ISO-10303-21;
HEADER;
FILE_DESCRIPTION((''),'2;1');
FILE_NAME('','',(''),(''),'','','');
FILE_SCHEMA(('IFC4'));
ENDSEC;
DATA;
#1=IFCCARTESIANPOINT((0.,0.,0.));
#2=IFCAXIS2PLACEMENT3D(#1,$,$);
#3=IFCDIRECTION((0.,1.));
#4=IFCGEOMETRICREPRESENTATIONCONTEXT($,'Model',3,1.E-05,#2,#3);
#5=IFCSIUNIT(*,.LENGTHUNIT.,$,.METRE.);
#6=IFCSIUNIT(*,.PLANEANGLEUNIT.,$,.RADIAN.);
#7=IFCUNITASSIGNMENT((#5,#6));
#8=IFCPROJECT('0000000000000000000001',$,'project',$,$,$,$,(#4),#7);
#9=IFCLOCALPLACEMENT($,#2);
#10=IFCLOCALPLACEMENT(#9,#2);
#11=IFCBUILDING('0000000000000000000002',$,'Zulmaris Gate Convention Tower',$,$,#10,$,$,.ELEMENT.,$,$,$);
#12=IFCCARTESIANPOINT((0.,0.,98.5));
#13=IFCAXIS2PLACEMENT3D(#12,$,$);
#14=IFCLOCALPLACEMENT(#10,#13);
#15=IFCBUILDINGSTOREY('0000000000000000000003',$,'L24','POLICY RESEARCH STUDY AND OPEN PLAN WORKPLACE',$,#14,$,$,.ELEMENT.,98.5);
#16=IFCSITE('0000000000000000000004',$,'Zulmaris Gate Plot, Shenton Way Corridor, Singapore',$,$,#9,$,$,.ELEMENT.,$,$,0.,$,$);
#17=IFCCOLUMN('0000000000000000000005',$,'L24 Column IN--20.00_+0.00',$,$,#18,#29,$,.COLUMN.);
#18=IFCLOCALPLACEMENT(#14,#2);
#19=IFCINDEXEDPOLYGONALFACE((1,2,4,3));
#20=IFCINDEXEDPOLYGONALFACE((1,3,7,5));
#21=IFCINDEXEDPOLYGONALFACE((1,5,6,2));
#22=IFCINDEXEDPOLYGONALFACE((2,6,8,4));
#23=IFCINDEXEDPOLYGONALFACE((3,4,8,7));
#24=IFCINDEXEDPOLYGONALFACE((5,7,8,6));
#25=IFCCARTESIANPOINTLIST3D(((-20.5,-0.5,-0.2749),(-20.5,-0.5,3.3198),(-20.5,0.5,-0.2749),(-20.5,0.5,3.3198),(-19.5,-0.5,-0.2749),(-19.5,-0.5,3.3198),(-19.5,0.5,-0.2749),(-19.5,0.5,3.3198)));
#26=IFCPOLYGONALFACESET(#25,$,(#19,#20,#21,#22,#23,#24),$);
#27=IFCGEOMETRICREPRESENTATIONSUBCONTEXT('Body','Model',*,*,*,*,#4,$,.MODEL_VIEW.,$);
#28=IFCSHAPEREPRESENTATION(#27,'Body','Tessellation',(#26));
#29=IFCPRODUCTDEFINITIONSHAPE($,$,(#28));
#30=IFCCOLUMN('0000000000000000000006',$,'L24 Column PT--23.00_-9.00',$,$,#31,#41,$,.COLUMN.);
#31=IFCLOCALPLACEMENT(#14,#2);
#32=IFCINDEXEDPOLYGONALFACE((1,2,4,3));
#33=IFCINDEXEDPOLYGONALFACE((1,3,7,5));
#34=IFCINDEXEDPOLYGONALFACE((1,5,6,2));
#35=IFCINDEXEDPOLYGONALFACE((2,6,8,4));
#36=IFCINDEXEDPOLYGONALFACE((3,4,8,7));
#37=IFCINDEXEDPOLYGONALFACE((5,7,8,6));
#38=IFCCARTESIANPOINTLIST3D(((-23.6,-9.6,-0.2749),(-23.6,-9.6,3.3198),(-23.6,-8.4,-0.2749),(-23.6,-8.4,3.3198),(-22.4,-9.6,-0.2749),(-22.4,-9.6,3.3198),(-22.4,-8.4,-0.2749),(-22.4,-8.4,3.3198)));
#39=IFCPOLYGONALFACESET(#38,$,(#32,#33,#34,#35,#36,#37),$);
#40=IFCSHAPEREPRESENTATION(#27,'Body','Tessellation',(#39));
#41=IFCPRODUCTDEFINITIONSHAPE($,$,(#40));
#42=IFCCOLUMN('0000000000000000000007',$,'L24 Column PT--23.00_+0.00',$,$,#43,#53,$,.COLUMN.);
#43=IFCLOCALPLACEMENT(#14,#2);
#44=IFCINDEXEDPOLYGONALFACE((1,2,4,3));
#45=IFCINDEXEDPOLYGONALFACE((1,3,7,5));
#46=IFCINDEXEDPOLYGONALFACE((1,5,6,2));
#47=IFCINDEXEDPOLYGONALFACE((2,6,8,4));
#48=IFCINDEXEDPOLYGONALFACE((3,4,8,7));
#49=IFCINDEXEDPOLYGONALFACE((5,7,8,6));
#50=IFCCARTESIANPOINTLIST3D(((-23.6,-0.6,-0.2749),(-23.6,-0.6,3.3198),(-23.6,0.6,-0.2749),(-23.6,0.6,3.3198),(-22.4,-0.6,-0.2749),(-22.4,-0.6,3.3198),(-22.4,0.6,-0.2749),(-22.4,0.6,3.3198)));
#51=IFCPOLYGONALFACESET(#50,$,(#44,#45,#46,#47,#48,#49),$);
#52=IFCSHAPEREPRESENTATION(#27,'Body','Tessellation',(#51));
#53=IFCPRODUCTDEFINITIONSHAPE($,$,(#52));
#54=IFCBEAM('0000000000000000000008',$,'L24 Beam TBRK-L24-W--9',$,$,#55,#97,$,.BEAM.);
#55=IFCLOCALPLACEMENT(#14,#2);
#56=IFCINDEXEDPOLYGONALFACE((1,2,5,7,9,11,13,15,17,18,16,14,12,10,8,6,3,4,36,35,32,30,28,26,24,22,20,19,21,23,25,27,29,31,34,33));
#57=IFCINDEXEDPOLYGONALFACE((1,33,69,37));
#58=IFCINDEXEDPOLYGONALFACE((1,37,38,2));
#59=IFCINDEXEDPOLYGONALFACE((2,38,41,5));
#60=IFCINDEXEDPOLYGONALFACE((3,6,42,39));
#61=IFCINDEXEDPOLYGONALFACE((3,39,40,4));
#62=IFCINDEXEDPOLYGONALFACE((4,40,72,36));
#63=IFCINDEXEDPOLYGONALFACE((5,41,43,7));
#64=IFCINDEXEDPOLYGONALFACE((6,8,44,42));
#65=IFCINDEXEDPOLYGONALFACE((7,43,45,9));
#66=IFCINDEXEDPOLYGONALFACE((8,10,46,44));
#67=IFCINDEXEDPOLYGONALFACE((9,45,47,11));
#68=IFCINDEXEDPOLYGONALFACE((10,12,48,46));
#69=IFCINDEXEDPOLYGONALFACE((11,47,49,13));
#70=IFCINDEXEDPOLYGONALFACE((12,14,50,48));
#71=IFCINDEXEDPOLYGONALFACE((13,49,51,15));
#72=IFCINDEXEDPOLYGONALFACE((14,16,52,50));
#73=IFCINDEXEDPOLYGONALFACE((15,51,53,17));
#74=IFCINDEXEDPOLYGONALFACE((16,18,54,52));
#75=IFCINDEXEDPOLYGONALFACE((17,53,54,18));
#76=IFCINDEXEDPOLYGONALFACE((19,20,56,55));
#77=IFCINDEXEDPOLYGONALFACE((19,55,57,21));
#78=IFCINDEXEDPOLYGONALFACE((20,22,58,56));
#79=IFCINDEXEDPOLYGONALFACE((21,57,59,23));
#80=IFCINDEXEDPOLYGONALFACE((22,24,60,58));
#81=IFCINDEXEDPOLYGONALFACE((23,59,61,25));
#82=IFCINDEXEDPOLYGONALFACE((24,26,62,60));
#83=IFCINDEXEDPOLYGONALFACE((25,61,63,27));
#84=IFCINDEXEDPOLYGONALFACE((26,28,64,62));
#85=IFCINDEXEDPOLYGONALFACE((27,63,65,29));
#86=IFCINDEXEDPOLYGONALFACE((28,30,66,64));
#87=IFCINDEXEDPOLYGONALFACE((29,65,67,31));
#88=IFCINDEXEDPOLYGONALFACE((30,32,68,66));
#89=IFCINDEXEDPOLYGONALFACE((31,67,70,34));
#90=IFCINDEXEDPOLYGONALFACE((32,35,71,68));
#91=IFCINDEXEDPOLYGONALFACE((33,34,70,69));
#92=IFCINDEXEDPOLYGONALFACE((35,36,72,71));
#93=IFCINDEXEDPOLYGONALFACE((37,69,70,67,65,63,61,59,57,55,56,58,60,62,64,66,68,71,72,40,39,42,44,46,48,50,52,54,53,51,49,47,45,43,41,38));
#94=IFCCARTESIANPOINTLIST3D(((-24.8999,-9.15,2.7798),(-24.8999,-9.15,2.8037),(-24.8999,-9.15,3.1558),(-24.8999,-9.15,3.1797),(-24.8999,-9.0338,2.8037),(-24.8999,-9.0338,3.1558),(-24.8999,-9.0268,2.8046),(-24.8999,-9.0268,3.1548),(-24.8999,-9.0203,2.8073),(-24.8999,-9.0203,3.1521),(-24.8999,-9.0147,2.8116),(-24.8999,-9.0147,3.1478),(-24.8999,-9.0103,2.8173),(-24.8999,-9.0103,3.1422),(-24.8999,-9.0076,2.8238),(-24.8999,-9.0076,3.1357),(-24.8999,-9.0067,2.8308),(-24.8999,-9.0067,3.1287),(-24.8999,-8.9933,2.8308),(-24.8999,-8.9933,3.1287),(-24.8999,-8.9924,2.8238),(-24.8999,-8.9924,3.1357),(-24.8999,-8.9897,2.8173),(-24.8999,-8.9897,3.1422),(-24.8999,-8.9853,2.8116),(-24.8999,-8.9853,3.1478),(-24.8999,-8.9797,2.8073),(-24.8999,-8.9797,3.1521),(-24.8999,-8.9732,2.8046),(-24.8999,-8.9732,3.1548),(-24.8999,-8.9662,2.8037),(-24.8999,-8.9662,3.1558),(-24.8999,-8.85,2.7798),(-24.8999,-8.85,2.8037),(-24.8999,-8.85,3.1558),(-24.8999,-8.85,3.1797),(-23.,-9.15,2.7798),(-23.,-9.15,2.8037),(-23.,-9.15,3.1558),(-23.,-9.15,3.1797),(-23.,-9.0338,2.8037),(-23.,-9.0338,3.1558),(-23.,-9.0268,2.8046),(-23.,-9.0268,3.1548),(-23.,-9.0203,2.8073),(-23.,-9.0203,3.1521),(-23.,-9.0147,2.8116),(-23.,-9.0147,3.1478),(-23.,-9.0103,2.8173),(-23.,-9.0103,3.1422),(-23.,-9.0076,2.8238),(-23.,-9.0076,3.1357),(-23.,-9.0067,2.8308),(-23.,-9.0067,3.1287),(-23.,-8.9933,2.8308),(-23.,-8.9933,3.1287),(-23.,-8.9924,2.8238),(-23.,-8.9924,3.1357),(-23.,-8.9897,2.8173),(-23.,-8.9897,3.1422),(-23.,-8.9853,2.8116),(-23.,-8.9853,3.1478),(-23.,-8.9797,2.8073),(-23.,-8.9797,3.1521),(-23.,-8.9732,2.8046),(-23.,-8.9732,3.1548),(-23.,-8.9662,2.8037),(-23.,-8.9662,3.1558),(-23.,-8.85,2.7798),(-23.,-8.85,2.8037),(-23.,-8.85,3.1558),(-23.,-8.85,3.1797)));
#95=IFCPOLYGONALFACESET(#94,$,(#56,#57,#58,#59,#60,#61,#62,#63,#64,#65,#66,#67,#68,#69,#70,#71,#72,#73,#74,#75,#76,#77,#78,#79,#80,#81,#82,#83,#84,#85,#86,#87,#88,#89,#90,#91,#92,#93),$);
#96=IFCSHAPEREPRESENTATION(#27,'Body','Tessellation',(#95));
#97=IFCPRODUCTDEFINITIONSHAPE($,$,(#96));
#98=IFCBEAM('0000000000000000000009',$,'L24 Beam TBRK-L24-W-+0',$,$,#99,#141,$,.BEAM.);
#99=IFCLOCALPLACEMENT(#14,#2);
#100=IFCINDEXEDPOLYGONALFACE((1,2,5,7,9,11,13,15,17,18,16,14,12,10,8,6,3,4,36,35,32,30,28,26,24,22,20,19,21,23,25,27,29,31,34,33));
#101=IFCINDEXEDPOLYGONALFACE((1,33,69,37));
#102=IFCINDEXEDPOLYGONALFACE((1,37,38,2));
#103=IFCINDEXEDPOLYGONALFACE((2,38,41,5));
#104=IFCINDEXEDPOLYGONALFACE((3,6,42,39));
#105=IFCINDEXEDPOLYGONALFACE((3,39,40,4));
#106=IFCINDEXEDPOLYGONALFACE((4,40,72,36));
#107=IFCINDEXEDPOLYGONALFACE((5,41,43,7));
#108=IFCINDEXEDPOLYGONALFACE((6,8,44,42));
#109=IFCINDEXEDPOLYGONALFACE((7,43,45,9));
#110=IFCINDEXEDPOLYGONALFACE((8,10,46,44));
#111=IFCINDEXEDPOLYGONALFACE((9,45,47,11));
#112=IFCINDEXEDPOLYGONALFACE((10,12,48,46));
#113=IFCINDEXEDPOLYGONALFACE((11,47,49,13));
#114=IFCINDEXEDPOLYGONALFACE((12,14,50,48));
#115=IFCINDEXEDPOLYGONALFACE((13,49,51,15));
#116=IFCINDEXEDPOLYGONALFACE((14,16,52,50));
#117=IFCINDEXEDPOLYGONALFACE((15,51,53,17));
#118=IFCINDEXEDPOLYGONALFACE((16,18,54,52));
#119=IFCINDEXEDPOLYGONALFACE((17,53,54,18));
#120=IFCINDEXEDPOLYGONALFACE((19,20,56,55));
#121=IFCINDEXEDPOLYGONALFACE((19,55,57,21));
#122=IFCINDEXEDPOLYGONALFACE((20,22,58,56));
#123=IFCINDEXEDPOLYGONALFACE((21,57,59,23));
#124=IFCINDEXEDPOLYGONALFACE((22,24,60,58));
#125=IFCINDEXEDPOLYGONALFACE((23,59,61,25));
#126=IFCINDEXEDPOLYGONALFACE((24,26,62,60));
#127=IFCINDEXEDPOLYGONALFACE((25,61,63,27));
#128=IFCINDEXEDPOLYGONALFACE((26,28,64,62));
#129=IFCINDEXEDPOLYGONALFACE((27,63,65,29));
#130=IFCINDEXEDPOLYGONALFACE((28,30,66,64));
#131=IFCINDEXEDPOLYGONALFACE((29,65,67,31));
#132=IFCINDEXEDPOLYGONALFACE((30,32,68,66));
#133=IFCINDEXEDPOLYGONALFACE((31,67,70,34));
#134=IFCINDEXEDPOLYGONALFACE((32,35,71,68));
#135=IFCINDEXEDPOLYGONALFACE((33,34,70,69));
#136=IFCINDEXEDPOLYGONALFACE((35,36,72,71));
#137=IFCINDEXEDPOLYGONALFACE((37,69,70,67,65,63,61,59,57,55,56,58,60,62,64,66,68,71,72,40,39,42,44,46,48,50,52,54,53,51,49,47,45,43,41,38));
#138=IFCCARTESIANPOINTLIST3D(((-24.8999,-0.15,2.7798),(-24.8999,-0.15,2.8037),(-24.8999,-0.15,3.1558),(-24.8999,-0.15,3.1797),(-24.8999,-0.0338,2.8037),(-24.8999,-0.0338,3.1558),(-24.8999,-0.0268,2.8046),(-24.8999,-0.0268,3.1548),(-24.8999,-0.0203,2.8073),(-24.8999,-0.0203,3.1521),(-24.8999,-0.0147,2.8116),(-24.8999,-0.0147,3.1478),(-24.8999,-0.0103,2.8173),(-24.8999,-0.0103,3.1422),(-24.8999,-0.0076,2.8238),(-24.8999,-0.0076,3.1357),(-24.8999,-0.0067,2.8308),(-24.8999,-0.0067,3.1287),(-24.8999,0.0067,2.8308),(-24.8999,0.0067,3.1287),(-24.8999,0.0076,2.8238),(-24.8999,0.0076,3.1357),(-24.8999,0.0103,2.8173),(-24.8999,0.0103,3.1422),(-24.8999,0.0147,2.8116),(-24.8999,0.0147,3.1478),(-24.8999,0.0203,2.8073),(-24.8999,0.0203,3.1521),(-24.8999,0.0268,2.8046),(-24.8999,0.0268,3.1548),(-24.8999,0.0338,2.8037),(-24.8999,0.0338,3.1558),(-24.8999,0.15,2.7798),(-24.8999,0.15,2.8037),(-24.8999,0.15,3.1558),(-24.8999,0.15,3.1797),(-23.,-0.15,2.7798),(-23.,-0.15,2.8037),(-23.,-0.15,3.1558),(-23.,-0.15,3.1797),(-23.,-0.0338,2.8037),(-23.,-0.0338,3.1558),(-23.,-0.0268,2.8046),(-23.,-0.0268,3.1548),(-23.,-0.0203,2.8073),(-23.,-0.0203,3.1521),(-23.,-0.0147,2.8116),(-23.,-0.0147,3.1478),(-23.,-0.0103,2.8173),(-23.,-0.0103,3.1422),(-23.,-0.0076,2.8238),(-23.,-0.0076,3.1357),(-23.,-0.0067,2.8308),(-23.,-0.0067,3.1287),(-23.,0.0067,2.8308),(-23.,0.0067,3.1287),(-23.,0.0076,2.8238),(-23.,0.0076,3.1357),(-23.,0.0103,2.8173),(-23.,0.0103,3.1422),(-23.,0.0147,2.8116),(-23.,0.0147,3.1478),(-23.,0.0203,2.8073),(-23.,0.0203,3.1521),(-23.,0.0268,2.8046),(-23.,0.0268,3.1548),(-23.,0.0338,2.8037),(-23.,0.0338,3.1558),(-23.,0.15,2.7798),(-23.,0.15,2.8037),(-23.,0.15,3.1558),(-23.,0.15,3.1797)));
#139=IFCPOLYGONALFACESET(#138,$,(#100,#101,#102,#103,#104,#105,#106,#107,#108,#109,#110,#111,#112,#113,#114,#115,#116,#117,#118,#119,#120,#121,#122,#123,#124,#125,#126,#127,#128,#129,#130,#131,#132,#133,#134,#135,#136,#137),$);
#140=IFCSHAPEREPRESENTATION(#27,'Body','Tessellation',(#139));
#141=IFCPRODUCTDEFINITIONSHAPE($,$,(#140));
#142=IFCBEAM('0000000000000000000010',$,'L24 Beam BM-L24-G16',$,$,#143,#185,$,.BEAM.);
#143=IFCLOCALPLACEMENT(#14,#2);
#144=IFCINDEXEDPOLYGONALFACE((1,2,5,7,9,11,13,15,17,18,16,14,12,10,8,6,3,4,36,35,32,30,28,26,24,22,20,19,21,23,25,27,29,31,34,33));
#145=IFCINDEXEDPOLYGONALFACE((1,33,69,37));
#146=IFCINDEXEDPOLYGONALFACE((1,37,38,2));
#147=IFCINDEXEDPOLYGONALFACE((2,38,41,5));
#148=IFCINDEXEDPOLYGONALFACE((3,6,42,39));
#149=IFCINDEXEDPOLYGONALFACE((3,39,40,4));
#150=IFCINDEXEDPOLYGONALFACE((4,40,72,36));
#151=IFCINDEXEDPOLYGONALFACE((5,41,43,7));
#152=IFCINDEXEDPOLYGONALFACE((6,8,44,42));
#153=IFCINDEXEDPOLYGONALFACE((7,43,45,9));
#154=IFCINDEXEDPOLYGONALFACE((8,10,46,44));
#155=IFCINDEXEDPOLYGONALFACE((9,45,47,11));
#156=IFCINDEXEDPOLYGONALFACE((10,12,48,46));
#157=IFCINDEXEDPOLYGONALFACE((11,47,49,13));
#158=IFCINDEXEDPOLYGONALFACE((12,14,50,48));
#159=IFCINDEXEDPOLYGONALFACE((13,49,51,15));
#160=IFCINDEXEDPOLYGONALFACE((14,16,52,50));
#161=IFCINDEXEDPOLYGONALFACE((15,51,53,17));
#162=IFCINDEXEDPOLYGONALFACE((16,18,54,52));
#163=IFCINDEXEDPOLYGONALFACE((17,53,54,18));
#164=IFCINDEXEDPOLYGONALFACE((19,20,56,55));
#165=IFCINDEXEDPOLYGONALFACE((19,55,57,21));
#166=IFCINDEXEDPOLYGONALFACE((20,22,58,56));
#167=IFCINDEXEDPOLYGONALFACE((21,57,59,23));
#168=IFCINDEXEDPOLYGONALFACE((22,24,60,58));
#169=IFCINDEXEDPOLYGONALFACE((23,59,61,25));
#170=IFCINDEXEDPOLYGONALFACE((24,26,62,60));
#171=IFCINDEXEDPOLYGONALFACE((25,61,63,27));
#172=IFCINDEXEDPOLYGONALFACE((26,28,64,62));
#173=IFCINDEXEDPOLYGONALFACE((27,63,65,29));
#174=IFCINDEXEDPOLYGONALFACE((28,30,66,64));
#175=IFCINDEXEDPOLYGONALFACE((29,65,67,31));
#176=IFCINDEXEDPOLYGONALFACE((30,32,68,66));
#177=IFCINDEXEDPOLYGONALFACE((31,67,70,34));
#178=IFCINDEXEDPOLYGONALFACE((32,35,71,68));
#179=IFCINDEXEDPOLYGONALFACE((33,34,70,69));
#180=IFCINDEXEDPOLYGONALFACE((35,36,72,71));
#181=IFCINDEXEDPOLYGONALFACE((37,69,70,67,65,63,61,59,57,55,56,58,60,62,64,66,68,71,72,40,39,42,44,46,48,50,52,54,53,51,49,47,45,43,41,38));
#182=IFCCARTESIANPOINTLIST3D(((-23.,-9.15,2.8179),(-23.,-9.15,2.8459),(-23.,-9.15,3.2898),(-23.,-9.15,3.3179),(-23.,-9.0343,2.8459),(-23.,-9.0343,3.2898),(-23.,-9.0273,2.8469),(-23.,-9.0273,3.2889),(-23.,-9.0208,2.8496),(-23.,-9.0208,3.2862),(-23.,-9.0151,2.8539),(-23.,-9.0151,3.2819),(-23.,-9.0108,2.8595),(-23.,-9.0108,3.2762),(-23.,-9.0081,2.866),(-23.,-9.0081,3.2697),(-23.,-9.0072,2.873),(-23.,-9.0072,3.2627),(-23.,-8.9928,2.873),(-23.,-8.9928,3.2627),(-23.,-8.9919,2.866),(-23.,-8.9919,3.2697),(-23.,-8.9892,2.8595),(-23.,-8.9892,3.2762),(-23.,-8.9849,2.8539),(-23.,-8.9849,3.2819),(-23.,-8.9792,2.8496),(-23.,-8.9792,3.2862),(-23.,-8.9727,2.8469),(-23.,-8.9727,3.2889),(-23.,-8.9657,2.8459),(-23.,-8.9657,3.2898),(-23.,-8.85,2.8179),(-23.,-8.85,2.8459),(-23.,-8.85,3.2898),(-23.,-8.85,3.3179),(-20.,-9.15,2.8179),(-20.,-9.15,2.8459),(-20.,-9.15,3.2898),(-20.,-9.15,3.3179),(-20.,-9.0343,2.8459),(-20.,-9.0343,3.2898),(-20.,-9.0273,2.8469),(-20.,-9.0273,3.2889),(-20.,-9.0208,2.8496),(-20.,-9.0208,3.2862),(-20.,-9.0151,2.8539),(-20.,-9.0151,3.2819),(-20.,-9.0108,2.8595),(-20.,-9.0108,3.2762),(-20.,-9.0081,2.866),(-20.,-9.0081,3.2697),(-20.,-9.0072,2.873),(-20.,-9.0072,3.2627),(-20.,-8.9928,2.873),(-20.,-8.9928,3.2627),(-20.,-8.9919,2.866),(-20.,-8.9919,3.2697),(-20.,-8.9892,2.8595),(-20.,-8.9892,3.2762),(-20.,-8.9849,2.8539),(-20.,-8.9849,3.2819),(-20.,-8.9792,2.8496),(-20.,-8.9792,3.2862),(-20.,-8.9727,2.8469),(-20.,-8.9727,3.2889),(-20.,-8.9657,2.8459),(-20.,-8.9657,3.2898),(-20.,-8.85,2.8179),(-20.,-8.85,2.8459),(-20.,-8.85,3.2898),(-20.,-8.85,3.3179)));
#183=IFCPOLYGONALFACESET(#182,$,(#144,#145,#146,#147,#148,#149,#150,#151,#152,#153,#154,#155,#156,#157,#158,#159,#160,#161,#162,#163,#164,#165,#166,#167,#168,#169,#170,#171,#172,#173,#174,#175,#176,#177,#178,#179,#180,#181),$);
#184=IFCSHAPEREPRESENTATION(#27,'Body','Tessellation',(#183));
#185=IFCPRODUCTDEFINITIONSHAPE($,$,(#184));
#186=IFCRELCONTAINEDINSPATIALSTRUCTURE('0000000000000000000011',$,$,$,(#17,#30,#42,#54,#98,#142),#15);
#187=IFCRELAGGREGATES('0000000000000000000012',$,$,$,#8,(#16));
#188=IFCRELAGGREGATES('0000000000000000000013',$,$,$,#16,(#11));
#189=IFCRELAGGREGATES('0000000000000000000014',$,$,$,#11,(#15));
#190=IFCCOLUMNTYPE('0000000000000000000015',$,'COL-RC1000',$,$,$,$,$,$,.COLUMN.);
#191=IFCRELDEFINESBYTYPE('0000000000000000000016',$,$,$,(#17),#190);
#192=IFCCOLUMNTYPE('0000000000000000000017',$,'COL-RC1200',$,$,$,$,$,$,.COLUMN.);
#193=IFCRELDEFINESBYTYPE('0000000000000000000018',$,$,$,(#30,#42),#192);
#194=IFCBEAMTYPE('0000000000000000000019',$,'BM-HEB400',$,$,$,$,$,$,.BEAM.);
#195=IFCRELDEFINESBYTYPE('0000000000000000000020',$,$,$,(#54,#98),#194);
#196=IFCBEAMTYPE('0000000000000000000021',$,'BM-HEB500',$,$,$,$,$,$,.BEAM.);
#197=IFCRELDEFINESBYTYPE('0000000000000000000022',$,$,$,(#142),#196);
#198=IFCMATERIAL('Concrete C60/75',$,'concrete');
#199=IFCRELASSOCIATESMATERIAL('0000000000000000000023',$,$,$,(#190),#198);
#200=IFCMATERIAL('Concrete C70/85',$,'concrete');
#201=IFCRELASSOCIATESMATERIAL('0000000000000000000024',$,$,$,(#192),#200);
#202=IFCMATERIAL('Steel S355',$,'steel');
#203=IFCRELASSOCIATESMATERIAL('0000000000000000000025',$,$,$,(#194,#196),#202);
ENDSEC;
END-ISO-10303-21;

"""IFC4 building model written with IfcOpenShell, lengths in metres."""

from ifc_helpers import new_model, si_unit, direction, frame, origin, origin_2d, place, context, subcontext, project, spatial, rectangle, i_section, extrude, material, material_profile, profile_set, type_object, element, save


model = new_model("IFC4")

# Units and contexts
model_context = context("Model", 3, precision=1e-05, world=origin(), true_north=direction((0.0, 1.0)))
body_context = subcontext(model_context, "Body", "Model", "MODEL_VIEW")
ifc_project = project(units=[si_unit("LENGTHUNIT", "METRE"), si_unit("PLANEANGLEUNIT", "RADIAN")], contexts=[model_context])

# Site, building, storey
site_placement = place(None, origin())
site = spatial("IfcSite", under=ifc_project, at=site_placement, Name="Zulmaris Gate Plot, Shenton Way Corridor, Singapore", CompositionType="ELEMENT", RefElevation=0.0)
building_placement = place(site_placement, origin())
building = spatial("IfcBuilding", under=site, at=building_placement, Name="Zulmaris Gate Convention Tower", CompositionType="ELEMENT")
storey_placement = place(building_placement, frame((0.0, 0.0, 98.5)))
storey = spatial("IfcBuildingStorey", under=building, at=storey_placement, Name="L24", Description="POLICY RESEARCH STUDY AND OPEN PLAN WORKPLACE", CompositionType="ELEMENT", Elevation=98.5)

# Columns
ifc_material_1 = material(Name="Concrete C60/75", Category="concrete")
ifc_material_profile_1 = material_profile(ifc_material_1, rectangle(XDim=1.0, YDim=1.0, at=origin_2d()), Name="RC COL 1000x1000")
ifc_profile_set_1 = profile_set([ifc_material_profile_1], Name="Concrete C60/75")
column_type_1 = type_object("IfcColumnType", Name="COL-RC1000", PredefinedType="COLUMN", material=ifc_profile_set_1)
column_placement = place(storey_placement, frame((-20.0, 0.0, -0.2749), z_axis=(0.0, 0.0, 1.0), x_axis=(1.0, 0.0, 0.0)))
element("IfcColumn", 1, at=column_placement, inside=storey, type_object=column_type_1, Name="L24 Column IN--20.00_+0.00", PredefinedType="COLUMN", context=body_context, shape_type="SweptSolid", body=[
    extrude(rectangle(XDim=1.0, YDim=1.0, at=origin_2d()), origin(), (0.0, 0.0, 1.0), 3.5947),
])
ifc_material_2 = material(Name="Concrete C70/85", Category="concrete")
ifc_material_profile_2 = material_profile(ifc_material_2, rectangle(XDim=1.2, YDim=1.2, at=origin_2d()), Name="RC COL 1200x1200")
ifc_profile_set_2 = profile_set([ifc_material_profile_2], Name="Concrete C70/85")
column_type_2 = type_object("IfcColumnType", Name="COL-RC1200", PredefinedType="COLUMN", material=ifc_profile_set_2)
for number, where, z_axis, x_axis, name in (
    (2, (-23.0, -9.0, -0.2749), (0.0, 0.0, 1.0), (1.0, 0.0, 0.0), "L24 Column PT--23.00_-9.00"),
    (3, (-23.0, 0.0, -0.2749), (0.0, 0.0, 1.0), (1.0, 0.0, 0.0), "L24 Column PT--23.00_+0.00"),
):
    element("IfcColumn", number, at=place(storey_placement, frame(where, z_axis=z_axis, x_axis=x_axis)), inside=storey, type_object=column_type_2, Name=name, PredefinedType="COLUMN", context=body_context, shape_type="SweptSolid", body=[
        extrude(rectangle(XDim=1.2, YDim=1.2, at=origin_2d()), origin(), (0.0, 0.0, 1.0), 3.5947),
    ])

# Beams
ifc_material_3 = material(Name="Steel S355", Category="steel")
ifc_material_profile_3 = material_profile(ifc_material_3, i_section(OverallWidth=0.3, OverallDepth=0.3999, WebThickness=0.0134, FlangeThickness=0.0239, FilletRadius=0.0271, at=origin_2d()), Name="HEB 400")
ifc_profile_set_3 = profile_set([ifc_material_profile_3], Name="Steel S355")
beam_type_1 = type_object("IfcBeamType", Name="BM-HEB400", PredefinedType="BEAM", material=ifc_profile_set_3)
for number, where, z_axis, x_axis, name in (
    (4, (-24.8999, -9.0, 2.9797), (1.0, 0.0, 0.0), (0.0, 1.0, 0.0), "L24 Beam TBRK-L24-W--9"),
    (5, (-24.8999, 0.0, 2.9797), (1.0, 0.0, 0.0), (0.0, 1.0, 0.0), "L24 Beam TBRK-L24-W-+0"),
):
    element("IfcBeam", number, at=place(storey_placement, frame(where, z_axis=z_axis, x_axis=x_axis)), inside=storey, type_object=beam_type_1, Name=name, PredefinedType="BEAM", context=body_context, shape_type="SweptSolid", body=[
        extrude(i_section(OverallWidth=0.3, OverallDepth=0.3999, WebThickness=0.0134, FlangeThickness=0.0239, FilletRadius=0.0271, at=origin_2d()), origin(), (0.0, 0.0, 1.0), 1.8999),
    ])
ifc_material_profile_4 = material_profile(ifc_material_3, i_section(OverallWidth=0.3, OverallDepth=0.5, WebThickness=0.0144, FlangeThickness=0.0281, FilletRadius=0.0271, at=origin_2d()), Name="HEB 500")
ifc_profile_set_4 = profile_set([ifc_material_profile_4], Name="Steel S355")
beam_type_2 = type_object("IfcBeamType", Name="BM-HEB500", PredefinedType="BEAM", material=ifc_profile_set_4)
for number, where, z_axis, x_axis, name in (
    (6, (-23.0, -9.0, 3.0679), (1.0, 0.0, 0.0), (0.0, 1.0, 0.0), "L24 Beam BM-L24-G16"),
):
    element("IfcBeam", number, at=place(storey_placement, frame(where, z_axis=z_axis, x_axis=x_axis)), inside=storey, type_object=beam_type_2, Name=name, PredefinedType="BEAM", context=body_context, shape_type="SweptSolid", body=[
        extrude(i_section(OverallWidth=0.3, OverallDepth=0.5, WebThickness=0.0144, FlangeThickness=0.0281, FilletRadius=0.0271, at=origin_2d()), origin(), (0.0, 0.0, 1.0), 3.0),
    ])

save(model, "model.ifc")
